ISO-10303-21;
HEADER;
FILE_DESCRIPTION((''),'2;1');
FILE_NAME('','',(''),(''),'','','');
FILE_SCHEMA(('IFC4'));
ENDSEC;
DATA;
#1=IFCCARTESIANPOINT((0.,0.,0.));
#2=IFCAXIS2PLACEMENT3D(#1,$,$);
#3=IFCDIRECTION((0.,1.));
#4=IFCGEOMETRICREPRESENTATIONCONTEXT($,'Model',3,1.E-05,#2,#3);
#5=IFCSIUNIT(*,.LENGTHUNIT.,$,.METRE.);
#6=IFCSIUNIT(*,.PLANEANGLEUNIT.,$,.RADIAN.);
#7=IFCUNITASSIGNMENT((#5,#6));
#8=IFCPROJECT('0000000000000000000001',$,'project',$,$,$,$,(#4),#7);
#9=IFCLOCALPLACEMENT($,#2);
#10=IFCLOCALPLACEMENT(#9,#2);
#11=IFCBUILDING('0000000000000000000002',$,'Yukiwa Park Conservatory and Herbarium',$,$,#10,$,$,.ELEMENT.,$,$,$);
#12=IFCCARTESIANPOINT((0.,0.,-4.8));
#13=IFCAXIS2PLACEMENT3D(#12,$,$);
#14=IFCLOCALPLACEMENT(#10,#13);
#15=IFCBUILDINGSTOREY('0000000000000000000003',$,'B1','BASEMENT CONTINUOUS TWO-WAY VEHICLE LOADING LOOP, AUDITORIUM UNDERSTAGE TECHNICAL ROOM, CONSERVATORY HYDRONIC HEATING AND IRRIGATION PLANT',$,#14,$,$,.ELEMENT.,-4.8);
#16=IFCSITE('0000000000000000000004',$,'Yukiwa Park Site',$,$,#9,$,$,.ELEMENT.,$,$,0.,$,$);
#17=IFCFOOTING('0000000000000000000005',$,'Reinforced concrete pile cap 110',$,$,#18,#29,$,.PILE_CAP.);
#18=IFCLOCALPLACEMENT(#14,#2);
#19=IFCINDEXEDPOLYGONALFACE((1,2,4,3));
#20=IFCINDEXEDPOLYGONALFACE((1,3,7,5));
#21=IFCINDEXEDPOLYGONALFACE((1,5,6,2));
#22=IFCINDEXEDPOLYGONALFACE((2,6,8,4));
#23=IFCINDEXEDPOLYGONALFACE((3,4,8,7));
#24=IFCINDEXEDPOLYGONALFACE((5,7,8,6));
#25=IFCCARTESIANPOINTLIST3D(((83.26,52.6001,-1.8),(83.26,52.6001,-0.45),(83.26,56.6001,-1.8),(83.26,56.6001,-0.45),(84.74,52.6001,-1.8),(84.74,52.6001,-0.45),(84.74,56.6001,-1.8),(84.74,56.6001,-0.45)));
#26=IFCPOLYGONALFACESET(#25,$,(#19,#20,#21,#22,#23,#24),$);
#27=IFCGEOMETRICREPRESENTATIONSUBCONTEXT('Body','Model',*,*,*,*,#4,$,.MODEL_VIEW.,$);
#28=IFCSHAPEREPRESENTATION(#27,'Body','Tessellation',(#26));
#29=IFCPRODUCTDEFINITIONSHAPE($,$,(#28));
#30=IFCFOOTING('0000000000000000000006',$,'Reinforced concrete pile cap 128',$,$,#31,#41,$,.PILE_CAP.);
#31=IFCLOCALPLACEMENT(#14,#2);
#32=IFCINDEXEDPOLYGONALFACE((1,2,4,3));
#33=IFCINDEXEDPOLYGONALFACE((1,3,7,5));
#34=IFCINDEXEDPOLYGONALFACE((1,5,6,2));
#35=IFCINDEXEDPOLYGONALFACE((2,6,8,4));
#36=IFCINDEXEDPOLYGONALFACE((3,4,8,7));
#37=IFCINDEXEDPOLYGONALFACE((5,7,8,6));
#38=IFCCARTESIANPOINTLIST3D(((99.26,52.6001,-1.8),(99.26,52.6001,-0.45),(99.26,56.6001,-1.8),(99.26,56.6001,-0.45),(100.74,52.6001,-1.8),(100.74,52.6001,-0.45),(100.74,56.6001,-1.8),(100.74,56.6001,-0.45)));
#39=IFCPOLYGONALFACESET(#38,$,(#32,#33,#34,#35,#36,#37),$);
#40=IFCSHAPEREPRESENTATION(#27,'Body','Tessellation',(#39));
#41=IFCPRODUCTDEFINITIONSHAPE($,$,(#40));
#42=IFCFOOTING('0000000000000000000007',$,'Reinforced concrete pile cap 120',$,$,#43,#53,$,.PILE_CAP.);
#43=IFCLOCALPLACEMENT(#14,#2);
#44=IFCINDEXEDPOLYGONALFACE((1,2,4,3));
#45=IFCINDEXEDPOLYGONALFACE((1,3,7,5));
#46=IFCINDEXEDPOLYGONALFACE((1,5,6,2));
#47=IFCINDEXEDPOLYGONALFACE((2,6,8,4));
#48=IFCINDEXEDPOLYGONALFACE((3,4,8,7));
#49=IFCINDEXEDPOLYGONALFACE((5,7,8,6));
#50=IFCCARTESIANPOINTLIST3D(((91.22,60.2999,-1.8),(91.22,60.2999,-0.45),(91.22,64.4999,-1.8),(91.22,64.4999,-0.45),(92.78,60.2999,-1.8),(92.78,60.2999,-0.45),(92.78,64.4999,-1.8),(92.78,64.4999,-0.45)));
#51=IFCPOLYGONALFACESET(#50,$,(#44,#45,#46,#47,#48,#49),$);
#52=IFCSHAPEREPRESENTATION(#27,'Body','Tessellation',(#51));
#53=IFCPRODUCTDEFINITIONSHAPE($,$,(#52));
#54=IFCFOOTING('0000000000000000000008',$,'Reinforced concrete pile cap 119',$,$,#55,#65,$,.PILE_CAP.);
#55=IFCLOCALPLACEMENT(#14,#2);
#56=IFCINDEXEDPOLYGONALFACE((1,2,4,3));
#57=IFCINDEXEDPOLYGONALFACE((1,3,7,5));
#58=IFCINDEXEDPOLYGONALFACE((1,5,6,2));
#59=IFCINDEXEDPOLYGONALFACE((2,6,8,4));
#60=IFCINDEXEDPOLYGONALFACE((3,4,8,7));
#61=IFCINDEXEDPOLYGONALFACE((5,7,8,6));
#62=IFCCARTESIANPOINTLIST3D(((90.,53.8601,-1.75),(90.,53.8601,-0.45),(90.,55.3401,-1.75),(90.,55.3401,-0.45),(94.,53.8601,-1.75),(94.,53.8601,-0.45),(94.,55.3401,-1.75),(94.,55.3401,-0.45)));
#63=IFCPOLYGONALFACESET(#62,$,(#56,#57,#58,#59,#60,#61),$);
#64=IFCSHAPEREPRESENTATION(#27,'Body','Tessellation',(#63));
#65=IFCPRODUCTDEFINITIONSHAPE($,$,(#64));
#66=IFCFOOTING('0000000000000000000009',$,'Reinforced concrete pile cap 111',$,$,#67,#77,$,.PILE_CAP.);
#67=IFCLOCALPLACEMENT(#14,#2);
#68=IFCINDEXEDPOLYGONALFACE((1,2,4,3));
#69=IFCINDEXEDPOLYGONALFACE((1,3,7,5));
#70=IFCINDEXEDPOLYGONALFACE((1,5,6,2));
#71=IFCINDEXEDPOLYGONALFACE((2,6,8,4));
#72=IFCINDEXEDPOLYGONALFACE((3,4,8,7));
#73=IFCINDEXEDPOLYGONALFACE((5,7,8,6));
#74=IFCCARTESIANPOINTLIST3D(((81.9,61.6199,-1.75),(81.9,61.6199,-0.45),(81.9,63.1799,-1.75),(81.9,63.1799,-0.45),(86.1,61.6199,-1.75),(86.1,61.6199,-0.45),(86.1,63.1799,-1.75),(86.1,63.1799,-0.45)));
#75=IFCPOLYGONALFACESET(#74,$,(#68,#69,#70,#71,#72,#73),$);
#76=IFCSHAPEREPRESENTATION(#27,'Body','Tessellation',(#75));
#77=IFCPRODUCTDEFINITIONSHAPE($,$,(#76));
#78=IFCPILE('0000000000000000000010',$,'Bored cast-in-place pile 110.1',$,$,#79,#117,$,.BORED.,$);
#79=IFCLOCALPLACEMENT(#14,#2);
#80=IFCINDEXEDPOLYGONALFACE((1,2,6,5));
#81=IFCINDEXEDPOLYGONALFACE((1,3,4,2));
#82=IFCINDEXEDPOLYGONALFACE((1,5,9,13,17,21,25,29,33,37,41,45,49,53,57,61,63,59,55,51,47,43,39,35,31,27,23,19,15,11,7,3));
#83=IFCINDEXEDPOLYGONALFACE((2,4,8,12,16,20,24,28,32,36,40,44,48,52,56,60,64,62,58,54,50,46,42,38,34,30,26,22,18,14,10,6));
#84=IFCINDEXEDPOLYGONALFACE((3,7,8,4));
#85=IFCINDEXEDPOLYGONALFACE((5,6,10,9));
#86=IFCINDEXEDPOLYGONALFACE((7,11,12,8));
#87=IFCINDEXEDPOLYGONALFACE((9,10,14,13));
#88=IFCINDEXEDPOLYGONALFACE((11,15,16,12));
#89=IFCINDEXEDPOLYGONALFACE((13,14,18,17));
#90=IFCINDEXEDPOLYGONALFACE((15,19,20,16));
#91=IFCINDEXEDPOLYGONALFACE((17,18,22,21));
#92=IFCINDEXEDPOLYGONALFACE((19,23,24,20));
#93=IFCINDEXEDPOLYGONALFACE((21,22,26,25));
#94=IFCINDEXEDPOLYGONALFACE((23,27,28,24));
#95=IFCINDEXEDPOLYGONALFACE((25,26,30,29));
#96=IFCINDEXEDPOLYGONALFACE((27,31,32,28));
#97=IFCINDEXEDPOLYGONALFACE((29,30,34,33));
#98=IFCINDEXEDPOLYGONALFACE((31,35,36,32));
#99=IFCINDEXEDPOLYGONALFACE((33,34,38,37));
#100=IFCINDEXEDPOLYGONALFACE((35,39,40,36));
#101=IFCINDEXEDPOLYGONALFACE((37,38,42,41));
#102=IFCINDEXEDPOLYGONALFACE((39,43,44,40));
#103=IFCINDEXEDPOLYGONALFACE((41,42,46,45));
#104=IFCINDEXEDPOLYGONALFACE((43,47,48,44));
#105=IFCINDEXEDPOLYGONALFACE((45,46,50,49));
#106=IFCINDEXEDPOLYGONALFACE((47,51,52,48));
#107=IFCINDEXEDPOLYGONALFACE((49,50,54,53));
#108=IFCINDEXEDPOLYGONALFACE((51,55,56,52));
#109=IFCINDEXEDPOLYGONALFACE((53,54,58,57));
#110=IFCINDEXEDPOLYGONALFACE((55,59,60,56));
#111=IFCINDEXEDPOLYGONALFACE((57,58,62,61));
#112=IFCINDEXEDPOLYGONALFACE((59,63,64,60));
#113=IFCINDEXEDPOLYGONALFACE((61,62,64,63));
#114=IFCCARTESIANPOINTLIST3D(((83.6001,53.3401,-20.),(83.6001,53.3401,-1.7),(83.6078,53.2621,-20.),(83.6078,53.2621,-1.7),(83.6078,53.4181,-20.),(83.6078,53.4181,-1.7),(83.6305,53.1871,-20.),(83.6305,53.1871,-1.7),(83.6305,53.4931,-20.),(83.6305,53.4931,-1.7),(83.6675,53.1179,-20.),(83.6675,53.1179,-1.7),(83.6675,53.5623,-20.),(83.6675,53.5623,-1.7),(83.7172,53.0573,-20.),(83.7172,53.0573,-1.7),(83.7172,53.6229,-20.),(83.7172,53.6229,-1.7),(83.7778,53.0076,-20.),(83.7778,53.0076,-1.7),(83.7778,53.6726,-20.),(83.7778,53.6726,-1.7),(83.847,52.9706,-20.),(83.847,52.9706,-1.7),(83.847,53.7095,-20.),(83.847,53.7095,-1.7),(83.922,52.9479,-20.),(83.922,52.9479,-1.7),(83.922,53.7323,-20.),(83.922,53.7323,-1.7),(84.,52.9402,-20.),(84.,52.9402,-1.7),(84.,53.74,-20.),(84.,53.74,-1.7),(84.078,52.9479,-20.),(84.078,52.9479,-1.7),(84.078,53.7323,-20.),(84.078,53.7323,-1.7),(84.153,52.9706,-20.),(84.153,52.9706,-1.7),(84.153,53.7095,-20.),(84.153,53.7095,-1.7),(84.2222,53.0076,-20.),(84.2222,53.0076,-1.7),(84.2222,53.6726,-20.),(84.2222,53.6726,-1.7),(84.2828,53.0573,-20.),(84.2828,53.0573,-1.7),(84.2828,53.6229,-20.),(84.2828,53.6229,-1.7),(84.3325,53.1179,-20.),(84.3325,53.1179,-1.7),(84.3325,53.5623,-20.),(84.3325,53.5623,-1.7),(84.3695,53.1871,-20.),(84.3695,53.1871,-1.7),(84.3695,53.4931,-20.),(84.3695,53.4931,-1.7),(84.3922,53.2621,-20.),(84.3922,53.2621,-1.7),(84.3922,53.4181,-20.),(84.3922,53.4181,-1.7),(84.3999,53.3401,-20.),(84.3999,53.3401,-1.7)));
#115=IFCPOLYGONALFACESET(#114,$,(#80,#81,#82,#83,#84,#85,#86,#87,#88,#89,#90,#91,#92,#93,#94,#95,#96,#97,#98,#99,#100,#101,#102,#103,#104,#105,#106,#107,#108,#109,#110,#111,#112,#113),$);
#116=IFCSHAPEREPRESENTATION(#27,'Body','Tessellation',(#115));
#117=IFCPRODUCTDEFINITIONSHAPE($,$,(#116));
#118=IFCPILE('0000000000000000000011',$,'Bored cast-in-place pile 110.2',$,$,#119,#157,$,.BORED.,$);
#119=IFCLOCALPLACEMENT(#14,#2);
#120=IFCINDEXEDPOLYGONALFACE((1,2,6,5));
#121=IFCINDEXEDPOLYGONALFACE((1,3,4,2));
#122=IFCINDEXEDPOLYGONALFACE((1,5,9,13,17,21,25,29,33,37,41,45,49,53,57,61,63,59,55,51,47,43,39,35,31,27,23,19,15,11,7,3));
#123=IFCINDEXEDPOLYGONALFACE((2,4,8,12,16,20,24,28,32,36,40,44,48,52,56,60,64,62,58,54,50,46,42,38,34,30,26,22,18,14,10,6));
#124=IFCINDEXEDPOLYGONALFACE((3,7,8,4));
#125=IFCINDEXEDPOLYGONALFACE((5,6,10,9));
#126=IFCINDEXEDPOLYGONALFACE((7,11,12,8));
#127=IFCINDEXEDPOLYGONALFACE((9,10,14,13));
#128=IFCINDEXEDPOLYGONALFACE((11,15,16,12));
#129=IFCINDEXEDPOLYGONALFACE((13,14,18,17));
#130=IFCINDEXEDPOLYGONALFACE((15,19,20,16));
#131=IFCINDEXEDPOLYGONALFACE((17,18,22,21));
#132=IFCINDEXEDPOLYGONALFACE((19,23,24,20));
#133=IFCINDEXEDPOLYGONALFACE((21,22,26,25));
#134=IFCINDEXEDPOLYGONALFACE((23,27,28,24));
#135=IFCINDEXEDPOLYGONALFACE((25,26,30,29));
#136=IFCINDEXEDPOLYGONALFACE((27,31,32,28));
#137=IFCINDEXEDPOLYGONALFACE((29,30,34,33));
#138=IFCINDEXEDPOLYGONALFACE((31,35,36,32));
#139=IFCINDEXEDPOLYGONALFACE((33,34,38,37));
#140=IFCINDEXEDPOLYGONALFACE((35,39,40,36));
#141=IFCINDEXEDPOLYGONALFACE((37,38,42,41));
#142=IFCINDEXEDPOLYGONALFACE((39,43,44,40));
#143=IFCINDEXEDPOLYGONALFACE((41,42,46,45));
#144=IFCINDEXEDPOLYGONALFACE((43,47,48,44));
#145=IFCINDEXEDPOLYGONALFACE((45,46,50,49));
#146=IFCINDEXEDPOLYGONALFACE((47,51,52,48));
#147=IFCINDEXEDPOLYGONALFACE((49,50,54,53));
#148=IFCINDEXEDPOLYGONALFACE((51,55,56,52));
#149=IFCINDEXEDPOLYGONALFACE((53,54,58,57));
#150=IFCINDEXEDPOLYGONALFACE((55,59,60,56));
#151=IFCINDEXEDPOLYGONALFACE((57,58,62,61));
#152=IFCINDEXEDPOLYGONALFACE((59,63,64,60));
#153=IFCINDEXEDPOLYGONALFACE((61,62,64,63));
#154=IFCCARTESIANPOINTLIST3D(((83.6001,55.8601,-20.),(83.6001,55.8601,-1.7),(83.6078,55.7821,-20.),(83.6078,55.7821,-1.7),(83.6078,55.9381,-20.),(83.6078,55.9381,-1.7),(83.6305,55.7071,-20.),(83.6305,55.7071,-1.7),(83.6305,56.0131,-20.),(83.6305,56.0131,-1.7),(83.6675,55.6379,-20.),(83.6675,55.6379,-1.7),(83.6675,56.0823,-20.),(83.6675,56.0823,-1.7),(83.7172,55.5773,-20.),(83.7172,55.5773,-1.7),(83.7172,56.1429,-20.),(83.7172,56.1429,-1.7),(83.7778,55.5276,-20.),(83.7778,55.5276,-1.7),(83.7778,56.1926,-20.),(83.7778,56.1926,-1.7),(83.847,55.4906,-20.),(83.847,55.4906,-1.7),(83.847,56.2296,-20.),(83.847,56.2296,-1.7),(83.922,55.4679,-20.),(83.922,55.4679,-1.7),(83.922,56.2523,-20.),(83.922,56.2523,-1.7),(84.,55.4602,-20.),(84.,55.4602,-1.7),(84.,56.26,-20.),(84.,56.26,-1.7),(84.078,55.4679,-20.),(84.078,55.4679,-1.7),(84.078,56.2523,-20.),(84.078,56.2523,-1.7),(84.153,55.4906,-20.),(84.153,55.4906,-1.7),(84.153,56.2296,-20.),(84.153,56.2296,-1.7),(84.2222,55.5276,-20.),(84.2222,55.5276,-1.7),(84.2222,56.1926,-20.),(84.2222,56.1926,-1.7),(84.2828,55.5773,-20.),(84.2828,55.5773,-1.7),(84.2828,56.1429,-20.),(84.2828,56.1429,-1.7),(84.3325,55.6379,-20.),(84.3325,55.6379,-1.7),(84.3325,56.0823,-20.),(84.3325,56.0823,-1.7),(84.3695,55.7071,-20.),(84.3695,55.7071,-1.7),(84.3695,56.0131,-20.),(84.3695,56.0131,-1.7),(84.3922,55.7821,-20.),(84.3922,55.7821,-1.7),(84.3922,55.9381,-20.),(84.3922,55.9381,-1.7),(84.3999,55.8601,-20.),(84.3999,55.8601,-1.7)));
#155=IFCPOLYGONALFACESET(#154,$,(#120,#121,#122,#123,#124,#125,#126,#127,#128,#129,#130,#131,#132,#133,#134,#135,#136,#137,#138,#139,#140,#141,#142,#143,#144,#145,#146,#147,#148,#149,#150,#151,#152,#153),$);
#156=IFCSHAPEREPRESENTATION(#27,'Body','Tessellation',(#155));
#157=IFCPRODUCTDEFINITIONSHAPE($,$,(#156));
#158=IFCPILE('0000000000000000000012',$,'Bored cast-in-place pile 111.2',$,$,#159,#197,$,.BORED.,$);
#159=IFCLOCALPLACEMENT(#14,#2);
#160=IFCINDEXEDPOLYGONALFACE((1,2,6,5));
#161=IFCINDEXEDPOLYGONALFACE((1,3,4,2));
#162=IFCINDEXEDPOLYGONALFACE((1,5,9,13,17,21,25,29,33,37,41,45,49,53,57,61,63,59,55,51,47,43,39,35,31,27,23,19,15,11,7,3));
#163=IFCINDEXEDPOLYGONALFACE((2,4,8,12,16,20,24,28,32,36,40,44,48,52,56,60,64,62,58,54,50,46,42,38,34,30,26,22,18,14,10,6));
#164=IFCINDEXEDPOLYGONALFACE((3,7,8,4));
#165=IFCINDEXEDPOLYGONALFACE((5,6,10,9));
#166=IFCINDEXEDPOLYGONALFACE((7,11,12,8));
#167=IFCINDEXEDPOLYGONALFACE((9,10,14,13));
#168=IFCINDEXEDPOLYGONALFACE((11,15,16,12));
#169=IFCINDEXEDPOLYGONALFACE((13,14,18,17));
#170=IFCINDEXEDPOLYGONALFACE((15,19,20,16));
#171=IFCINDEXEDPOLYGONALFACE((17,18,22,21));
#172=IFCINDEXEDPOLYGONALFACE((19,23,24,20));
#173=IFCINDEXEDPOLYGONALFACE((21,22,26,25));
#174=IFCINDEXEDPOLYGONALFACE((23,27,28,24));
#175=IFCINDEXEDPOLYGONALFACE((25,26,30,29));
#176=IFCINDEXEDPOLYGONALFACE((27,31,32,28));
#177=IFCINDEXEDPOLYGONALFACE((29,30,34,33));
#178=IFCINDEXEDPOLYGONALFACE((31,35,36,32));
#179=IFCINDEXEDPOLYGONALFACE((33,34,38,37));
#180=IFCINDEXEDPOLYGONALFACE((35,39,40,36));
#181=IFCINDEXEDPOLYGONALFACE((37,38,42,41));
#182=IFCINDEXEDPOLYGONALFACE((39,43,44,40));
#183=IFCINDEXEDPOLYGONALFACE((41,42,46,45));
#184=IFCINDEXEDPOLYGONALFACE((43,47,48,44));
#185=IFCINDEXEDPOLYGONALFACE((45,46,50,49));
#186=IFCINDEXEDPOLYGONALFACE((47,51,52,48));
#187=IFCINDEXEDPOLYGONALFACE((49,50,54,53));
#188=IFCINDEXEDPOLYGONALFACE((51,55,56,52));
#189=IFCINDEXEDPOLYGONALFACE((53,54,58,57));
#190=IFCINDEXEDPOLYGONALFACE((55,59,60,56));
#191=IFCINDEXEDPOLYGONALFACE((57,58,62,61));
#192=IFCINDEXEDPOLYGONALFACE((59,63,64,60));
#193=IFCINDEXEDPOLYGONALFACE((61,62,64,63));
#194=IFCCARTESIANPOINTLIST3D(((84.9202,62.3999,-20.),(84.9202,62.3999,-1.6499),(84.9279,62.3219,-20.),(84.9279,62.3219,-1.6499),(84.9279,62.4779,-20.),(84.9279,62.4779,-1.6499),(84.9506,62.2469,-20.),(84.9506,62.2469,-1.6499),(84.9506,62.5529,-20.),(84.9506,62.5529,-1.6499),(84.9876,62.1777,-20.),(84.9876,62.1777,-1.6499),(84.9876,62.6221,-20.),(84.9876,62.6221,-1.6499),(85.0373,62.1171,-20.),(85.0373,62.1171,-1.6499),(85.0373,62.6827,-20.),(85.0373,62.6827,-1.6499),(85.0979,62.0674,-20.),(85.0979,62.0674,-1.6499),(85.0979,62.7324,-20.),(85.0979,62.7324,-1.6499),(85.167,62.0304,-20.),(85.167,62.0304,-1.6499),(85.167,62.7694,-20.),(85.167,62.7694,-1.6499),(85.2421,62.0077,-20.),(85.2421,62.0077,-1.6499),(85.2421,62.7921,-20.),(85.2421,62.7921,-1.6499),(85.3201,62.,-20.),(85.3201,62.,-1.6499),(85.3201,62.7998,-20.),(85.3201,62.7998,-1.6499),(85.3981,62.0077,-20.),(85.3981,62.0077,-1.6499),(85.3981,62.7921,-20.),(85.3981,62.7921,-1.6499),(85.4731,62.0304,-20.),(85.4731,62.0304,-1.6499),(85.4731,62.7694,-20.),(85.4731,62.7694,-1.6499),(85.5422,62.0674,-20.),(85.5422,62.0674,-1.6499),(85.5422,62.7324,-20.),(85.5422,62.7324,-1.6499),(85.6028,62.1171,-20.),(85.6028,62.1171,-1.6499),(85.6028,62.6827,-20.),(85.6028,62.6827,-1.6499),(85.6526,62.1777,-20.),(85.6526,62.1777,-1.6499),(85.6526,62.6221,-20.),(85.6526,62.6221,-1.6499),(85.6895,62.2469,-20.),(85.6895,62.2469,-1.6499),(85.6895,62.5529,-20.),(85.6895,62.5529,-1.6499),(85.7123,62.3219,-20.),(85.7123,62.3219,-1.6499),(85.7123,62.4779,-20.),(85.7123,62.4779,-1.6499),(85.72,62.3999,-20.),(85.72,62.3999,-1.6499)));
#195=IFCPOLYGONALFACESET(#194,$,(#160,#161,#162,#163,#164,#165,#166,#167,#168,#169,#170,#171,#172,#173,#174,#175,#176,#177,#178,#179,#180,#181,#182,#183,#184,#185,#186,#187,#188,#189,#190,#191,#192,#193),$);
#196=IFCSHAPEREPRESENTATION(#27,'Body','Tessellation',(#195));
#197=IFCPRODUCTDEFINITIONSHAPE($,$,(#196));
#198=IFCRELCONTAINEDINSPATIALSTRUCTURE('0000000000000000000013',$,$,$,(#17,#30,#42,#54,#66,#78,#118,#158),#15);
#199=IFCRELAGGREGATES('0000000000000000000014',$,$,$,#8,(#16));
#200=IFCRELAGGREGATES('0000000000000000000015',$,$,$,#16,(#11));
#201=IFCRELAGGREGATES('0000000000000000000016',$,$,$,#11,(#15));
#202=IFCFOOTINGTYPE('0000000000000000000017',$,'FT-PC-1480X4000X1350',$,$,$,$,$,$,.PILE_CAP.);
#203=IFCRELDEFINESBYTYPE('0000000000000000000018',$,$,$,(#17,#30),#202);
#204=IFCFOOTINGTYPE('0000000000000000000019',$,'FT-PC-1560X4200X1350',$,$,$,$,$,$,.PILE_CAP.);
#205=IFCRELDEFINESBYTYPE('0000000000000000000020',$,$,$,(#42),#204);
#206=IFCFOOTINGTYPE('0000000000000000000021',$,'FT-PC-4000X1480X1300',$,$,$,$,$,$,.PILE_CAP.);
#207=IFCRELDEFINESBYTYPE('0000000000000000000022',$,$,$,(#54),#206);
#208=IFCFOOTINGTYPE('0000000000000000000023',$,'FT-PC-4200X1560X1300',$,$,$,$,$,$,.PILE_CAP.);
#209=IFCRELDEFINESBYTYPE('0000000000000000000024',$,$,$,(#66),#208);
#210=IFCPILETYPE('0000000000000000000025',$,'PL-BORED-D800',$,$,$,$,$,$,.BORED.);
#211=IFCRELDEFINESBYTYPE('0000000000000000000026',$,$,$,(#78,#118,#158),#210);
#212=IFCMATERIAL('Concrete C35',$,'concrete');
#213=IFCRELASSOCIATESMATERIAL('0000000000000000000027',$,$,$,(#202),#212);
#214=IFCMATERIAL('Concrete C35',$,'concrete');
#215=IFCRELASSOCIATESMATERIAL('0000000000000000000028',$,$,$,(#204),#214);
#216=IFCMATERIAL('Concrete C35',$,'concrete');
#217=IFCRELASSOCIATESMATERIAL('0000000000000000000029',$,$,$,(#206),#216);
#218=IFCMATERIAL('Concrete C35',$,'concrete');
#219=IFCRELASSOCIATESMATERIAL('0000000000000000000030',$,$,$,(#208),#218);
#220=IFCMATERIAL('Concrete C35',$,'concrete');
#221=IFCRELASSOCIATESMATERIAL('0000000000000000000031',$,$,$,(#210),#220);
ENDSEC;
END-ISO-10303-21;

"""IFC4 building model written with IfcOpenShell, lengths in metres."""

from ifc_helpers import new_model, si_unit, direction, frame, origin, origin_2d, place, context, subcontext, project, spatial, rectangle, circle, extrude, material, material_profile, profile_set, type_object, element, save


model = new_model("IFC4")

# Units and contexts
model_context = context("Model", 3, precision=1e-05, world=origin(), true_north=direction((0.0, 1.0)))
body_context = subcontext(model_context, "Body", "Model", "MODEL_VIEW")
ifc_project = project(units=[si_unit("LENGTHUNIT", "METRE"), si_unit("PLANEANGLEUNIT", "RADIAN")], contexts=[model_context])

# Site, building, storey
site_placement = place(None, origin())
site = spatial("IfcSite", under=ifc_project, at=site_placement, Name="Yukiwa Park Site", CompositionType="ELEMENT", RefElevation=0.0)
building_placement = place(site_placement, origin())
building = spatial("IfcBuilding", under=site, at=building_placement, Name="Yukiwa Park Conservatory and Herbarium", CompositionType="ELEMENT")
storey_placement = place(building_placement, frame((0.0, 0.0, -4.8)))
storey = spatial("IfcBuildingStorey", under=building, at=storey_placement, Name="B1", Description="BASEMENT CONTINUOUS TWO-WAY VEHICLE LOADING LOOP, AUDITORIUM UNDERSTAGE TECHNICAL ROOM, CONSERVATORY HYDRONIC HEATING AND IRRIGATION PLANT", CompositionType="ELEMENT", Elevation=-4.8)

# Footings
ifc_material_1 = material(Name="Concrete C35", Category="concrete")
footing_type_1 = type_object("IfcFootingType", Name="FT-PC-1480X4000X1350", PredefinedType="PILE_CAP", material=ifc_material_1)
for number, where, z_axis, x_axis, name in (
    (1, (84.0, 54.6001, -1.8), (0.0, 0.0, 1.0), (1.0, 0.0, 0.0), "Reinforced concrete pile cap 110"),
    (2, (100.0, 54.6001, -1.8), (0.0, 0.0, 1.0), (1.0, 0.0, 0.0), "Reinforced concrete pile cap 128"),
):
    element("IfcFooting", number, at=place(storey_placement, frame(where, z_axis=z_axis, x_axis=x_axis)), inside=storey, type_object=footing_type_1, Name=name, PredefinedType="PILE_CAP", context=body_context, shape_type="SweptSolid", body=[
        extrude(rectangle(XDim=1.48, YDim=4.0, at=origin_2d()), origin(), (0.0, 0.0, 1.0), 1.3501),
    ])
ifc_material_2 = material(Name="Concrete C35", Category="concrete")
footing_type_2 = type_object("IfcFootingType", Name="FT-PC-1560X4200X1350", PredefinedType="PILE_CAP", material=ifc_material_2)
footing_1_placement = place(storey_placement, frame((92.0, 62.3999, -1.8), z_axis=(0.0, 0.0, 1.0), x_axis=(1.0, 0.0, 0.0)))
element("IfcFooting", 3, at=footing_1_placement, inside=storey, type_object=footing_type_2, Name="Reinforced concrete pile cap 120", PredefinedType="PILE_CAP", context=body_context, shape_type="SweptSolid", body=[
    extrude(rectangle(XDim=1.5601, YDim=4.2, at=origin_2d()), origin(), (0.0, 0.0, 1.0), 1.3501),
])
ifc_material_3 = material(Name="Concrete C35", Category="concrete")
footing_type_3 = type_object("IfcFootingType", Name="FT-PC-4000X1480X1300", PredefinedType="PILE_CAP", material=ifc_material_3)
footing_2_placement = place(storey_placement, frame((92.0, 54.6001, -1.75), z_axis=(0.0, 0.0, 1.0), x_axis=(1.0, 0.0, 0.0)))
element("IfcFooting", 4, at=footing_2_placement, inside=storey, type_object=footing_type_3, Name="Reinforced concrete pile cap 119", PredefinedType="PILE_CAP", context=body_context, shape_type="SweptSolid", body=[
    extrude(rectangle(XDim=4.0, YDim=1.48, at=origin_2d()), origin(), (0.0, 0.0, 1.0), 1.3),
])
ifc_material_4 = material(Name="Concrete C35", Category="concrete")
footing_type_4 = type_object("IfcFootingType", Name="FT-PC-4200X1560X1300", PredefinedType="PILE_CAP", material=ifc_material_4)
footing_3_placement = place(storey_placement, frame((84.0, 62.3999, -1.75), z_axis=(0.0, 0.0, 1.0), x_axis=(1.0, 0.0, 0.0)))
element("IfcFooting", 5, at=footing_3_placement, inside=storey, type_object=footing_type_4, Name="Reinforced concrete pile cap 111", PredefinedType="PILE_CAP", context=body_context, shape_type="SweptSolid", body=[
    extrude(rectangle(XDim=4.2, YDim=1.5601, at=origin_2d()), origin(), (0.0, 0.0, 1.0), 1.3),
])

# Piles
ifc_material_5 = material(Name="Concrete C35", Category="concrete")
ifc_material_profile_1 = material_profile(ifc_material_5, circle(Radius=0.3999, at=origin_2d()), Name="PILE D800")
ifc_profile_set_1 = profile_set([ifc_material_profile_1], Name="Concrete C35")
pile_type = type_object("IfcPileType", Name="PL-BORED-D800", PredefinedType="BORED", material=ifc_profile_set_1)
for number, where, z_axis, x_axis, name in (
    (6, (84.0, 53.3401, -1.7), (0.0, 0.0, -1.0), (1.0, 0.0, 0.0), "Bored cast-in-place pile 110.1"),
    (7, (84.0, 55.8601, -1.7), (0.0, 0.0, -1.0), (1.0, 0.0, 0.0), "Bored cast-in-place pile 110.2"),
):
    element("IfcPile", number, at=place(storey_placement, frame(where, z_axis=z_axis, x_axis=x_axis)), inside=storey, type_object=pile_type, Name=name, PredefinedType="BORED", context=body_context, shape_type="SweptSolid", body=[
        extrude(circle(Radius=0.3999, at=origin_2d()), origin(), (0.0, 0.0, 1.0), 18.3),
    ])
pile_1_placement = place(storey_placement, frame((85.3201, 62.3999, -1.6499), z_axis=(0.0, 0.0, -1.0), x_axis=(1.0, 0.0, 0.0)))
element("IfcPile", 8, at=pile_1_placement, inside=storey, type_object=pile_type, Name="Bored cast-in-place pile 111.2", PredefinedType="BORED", context=body_context, shape_type="SweptSolid", body=[
    extrude(circle(Radius=0.3999, at=origin_2d()), origin(), (0.0, 0.0, 1.0), 18.3501),
])

save(model, "model.ifc")
